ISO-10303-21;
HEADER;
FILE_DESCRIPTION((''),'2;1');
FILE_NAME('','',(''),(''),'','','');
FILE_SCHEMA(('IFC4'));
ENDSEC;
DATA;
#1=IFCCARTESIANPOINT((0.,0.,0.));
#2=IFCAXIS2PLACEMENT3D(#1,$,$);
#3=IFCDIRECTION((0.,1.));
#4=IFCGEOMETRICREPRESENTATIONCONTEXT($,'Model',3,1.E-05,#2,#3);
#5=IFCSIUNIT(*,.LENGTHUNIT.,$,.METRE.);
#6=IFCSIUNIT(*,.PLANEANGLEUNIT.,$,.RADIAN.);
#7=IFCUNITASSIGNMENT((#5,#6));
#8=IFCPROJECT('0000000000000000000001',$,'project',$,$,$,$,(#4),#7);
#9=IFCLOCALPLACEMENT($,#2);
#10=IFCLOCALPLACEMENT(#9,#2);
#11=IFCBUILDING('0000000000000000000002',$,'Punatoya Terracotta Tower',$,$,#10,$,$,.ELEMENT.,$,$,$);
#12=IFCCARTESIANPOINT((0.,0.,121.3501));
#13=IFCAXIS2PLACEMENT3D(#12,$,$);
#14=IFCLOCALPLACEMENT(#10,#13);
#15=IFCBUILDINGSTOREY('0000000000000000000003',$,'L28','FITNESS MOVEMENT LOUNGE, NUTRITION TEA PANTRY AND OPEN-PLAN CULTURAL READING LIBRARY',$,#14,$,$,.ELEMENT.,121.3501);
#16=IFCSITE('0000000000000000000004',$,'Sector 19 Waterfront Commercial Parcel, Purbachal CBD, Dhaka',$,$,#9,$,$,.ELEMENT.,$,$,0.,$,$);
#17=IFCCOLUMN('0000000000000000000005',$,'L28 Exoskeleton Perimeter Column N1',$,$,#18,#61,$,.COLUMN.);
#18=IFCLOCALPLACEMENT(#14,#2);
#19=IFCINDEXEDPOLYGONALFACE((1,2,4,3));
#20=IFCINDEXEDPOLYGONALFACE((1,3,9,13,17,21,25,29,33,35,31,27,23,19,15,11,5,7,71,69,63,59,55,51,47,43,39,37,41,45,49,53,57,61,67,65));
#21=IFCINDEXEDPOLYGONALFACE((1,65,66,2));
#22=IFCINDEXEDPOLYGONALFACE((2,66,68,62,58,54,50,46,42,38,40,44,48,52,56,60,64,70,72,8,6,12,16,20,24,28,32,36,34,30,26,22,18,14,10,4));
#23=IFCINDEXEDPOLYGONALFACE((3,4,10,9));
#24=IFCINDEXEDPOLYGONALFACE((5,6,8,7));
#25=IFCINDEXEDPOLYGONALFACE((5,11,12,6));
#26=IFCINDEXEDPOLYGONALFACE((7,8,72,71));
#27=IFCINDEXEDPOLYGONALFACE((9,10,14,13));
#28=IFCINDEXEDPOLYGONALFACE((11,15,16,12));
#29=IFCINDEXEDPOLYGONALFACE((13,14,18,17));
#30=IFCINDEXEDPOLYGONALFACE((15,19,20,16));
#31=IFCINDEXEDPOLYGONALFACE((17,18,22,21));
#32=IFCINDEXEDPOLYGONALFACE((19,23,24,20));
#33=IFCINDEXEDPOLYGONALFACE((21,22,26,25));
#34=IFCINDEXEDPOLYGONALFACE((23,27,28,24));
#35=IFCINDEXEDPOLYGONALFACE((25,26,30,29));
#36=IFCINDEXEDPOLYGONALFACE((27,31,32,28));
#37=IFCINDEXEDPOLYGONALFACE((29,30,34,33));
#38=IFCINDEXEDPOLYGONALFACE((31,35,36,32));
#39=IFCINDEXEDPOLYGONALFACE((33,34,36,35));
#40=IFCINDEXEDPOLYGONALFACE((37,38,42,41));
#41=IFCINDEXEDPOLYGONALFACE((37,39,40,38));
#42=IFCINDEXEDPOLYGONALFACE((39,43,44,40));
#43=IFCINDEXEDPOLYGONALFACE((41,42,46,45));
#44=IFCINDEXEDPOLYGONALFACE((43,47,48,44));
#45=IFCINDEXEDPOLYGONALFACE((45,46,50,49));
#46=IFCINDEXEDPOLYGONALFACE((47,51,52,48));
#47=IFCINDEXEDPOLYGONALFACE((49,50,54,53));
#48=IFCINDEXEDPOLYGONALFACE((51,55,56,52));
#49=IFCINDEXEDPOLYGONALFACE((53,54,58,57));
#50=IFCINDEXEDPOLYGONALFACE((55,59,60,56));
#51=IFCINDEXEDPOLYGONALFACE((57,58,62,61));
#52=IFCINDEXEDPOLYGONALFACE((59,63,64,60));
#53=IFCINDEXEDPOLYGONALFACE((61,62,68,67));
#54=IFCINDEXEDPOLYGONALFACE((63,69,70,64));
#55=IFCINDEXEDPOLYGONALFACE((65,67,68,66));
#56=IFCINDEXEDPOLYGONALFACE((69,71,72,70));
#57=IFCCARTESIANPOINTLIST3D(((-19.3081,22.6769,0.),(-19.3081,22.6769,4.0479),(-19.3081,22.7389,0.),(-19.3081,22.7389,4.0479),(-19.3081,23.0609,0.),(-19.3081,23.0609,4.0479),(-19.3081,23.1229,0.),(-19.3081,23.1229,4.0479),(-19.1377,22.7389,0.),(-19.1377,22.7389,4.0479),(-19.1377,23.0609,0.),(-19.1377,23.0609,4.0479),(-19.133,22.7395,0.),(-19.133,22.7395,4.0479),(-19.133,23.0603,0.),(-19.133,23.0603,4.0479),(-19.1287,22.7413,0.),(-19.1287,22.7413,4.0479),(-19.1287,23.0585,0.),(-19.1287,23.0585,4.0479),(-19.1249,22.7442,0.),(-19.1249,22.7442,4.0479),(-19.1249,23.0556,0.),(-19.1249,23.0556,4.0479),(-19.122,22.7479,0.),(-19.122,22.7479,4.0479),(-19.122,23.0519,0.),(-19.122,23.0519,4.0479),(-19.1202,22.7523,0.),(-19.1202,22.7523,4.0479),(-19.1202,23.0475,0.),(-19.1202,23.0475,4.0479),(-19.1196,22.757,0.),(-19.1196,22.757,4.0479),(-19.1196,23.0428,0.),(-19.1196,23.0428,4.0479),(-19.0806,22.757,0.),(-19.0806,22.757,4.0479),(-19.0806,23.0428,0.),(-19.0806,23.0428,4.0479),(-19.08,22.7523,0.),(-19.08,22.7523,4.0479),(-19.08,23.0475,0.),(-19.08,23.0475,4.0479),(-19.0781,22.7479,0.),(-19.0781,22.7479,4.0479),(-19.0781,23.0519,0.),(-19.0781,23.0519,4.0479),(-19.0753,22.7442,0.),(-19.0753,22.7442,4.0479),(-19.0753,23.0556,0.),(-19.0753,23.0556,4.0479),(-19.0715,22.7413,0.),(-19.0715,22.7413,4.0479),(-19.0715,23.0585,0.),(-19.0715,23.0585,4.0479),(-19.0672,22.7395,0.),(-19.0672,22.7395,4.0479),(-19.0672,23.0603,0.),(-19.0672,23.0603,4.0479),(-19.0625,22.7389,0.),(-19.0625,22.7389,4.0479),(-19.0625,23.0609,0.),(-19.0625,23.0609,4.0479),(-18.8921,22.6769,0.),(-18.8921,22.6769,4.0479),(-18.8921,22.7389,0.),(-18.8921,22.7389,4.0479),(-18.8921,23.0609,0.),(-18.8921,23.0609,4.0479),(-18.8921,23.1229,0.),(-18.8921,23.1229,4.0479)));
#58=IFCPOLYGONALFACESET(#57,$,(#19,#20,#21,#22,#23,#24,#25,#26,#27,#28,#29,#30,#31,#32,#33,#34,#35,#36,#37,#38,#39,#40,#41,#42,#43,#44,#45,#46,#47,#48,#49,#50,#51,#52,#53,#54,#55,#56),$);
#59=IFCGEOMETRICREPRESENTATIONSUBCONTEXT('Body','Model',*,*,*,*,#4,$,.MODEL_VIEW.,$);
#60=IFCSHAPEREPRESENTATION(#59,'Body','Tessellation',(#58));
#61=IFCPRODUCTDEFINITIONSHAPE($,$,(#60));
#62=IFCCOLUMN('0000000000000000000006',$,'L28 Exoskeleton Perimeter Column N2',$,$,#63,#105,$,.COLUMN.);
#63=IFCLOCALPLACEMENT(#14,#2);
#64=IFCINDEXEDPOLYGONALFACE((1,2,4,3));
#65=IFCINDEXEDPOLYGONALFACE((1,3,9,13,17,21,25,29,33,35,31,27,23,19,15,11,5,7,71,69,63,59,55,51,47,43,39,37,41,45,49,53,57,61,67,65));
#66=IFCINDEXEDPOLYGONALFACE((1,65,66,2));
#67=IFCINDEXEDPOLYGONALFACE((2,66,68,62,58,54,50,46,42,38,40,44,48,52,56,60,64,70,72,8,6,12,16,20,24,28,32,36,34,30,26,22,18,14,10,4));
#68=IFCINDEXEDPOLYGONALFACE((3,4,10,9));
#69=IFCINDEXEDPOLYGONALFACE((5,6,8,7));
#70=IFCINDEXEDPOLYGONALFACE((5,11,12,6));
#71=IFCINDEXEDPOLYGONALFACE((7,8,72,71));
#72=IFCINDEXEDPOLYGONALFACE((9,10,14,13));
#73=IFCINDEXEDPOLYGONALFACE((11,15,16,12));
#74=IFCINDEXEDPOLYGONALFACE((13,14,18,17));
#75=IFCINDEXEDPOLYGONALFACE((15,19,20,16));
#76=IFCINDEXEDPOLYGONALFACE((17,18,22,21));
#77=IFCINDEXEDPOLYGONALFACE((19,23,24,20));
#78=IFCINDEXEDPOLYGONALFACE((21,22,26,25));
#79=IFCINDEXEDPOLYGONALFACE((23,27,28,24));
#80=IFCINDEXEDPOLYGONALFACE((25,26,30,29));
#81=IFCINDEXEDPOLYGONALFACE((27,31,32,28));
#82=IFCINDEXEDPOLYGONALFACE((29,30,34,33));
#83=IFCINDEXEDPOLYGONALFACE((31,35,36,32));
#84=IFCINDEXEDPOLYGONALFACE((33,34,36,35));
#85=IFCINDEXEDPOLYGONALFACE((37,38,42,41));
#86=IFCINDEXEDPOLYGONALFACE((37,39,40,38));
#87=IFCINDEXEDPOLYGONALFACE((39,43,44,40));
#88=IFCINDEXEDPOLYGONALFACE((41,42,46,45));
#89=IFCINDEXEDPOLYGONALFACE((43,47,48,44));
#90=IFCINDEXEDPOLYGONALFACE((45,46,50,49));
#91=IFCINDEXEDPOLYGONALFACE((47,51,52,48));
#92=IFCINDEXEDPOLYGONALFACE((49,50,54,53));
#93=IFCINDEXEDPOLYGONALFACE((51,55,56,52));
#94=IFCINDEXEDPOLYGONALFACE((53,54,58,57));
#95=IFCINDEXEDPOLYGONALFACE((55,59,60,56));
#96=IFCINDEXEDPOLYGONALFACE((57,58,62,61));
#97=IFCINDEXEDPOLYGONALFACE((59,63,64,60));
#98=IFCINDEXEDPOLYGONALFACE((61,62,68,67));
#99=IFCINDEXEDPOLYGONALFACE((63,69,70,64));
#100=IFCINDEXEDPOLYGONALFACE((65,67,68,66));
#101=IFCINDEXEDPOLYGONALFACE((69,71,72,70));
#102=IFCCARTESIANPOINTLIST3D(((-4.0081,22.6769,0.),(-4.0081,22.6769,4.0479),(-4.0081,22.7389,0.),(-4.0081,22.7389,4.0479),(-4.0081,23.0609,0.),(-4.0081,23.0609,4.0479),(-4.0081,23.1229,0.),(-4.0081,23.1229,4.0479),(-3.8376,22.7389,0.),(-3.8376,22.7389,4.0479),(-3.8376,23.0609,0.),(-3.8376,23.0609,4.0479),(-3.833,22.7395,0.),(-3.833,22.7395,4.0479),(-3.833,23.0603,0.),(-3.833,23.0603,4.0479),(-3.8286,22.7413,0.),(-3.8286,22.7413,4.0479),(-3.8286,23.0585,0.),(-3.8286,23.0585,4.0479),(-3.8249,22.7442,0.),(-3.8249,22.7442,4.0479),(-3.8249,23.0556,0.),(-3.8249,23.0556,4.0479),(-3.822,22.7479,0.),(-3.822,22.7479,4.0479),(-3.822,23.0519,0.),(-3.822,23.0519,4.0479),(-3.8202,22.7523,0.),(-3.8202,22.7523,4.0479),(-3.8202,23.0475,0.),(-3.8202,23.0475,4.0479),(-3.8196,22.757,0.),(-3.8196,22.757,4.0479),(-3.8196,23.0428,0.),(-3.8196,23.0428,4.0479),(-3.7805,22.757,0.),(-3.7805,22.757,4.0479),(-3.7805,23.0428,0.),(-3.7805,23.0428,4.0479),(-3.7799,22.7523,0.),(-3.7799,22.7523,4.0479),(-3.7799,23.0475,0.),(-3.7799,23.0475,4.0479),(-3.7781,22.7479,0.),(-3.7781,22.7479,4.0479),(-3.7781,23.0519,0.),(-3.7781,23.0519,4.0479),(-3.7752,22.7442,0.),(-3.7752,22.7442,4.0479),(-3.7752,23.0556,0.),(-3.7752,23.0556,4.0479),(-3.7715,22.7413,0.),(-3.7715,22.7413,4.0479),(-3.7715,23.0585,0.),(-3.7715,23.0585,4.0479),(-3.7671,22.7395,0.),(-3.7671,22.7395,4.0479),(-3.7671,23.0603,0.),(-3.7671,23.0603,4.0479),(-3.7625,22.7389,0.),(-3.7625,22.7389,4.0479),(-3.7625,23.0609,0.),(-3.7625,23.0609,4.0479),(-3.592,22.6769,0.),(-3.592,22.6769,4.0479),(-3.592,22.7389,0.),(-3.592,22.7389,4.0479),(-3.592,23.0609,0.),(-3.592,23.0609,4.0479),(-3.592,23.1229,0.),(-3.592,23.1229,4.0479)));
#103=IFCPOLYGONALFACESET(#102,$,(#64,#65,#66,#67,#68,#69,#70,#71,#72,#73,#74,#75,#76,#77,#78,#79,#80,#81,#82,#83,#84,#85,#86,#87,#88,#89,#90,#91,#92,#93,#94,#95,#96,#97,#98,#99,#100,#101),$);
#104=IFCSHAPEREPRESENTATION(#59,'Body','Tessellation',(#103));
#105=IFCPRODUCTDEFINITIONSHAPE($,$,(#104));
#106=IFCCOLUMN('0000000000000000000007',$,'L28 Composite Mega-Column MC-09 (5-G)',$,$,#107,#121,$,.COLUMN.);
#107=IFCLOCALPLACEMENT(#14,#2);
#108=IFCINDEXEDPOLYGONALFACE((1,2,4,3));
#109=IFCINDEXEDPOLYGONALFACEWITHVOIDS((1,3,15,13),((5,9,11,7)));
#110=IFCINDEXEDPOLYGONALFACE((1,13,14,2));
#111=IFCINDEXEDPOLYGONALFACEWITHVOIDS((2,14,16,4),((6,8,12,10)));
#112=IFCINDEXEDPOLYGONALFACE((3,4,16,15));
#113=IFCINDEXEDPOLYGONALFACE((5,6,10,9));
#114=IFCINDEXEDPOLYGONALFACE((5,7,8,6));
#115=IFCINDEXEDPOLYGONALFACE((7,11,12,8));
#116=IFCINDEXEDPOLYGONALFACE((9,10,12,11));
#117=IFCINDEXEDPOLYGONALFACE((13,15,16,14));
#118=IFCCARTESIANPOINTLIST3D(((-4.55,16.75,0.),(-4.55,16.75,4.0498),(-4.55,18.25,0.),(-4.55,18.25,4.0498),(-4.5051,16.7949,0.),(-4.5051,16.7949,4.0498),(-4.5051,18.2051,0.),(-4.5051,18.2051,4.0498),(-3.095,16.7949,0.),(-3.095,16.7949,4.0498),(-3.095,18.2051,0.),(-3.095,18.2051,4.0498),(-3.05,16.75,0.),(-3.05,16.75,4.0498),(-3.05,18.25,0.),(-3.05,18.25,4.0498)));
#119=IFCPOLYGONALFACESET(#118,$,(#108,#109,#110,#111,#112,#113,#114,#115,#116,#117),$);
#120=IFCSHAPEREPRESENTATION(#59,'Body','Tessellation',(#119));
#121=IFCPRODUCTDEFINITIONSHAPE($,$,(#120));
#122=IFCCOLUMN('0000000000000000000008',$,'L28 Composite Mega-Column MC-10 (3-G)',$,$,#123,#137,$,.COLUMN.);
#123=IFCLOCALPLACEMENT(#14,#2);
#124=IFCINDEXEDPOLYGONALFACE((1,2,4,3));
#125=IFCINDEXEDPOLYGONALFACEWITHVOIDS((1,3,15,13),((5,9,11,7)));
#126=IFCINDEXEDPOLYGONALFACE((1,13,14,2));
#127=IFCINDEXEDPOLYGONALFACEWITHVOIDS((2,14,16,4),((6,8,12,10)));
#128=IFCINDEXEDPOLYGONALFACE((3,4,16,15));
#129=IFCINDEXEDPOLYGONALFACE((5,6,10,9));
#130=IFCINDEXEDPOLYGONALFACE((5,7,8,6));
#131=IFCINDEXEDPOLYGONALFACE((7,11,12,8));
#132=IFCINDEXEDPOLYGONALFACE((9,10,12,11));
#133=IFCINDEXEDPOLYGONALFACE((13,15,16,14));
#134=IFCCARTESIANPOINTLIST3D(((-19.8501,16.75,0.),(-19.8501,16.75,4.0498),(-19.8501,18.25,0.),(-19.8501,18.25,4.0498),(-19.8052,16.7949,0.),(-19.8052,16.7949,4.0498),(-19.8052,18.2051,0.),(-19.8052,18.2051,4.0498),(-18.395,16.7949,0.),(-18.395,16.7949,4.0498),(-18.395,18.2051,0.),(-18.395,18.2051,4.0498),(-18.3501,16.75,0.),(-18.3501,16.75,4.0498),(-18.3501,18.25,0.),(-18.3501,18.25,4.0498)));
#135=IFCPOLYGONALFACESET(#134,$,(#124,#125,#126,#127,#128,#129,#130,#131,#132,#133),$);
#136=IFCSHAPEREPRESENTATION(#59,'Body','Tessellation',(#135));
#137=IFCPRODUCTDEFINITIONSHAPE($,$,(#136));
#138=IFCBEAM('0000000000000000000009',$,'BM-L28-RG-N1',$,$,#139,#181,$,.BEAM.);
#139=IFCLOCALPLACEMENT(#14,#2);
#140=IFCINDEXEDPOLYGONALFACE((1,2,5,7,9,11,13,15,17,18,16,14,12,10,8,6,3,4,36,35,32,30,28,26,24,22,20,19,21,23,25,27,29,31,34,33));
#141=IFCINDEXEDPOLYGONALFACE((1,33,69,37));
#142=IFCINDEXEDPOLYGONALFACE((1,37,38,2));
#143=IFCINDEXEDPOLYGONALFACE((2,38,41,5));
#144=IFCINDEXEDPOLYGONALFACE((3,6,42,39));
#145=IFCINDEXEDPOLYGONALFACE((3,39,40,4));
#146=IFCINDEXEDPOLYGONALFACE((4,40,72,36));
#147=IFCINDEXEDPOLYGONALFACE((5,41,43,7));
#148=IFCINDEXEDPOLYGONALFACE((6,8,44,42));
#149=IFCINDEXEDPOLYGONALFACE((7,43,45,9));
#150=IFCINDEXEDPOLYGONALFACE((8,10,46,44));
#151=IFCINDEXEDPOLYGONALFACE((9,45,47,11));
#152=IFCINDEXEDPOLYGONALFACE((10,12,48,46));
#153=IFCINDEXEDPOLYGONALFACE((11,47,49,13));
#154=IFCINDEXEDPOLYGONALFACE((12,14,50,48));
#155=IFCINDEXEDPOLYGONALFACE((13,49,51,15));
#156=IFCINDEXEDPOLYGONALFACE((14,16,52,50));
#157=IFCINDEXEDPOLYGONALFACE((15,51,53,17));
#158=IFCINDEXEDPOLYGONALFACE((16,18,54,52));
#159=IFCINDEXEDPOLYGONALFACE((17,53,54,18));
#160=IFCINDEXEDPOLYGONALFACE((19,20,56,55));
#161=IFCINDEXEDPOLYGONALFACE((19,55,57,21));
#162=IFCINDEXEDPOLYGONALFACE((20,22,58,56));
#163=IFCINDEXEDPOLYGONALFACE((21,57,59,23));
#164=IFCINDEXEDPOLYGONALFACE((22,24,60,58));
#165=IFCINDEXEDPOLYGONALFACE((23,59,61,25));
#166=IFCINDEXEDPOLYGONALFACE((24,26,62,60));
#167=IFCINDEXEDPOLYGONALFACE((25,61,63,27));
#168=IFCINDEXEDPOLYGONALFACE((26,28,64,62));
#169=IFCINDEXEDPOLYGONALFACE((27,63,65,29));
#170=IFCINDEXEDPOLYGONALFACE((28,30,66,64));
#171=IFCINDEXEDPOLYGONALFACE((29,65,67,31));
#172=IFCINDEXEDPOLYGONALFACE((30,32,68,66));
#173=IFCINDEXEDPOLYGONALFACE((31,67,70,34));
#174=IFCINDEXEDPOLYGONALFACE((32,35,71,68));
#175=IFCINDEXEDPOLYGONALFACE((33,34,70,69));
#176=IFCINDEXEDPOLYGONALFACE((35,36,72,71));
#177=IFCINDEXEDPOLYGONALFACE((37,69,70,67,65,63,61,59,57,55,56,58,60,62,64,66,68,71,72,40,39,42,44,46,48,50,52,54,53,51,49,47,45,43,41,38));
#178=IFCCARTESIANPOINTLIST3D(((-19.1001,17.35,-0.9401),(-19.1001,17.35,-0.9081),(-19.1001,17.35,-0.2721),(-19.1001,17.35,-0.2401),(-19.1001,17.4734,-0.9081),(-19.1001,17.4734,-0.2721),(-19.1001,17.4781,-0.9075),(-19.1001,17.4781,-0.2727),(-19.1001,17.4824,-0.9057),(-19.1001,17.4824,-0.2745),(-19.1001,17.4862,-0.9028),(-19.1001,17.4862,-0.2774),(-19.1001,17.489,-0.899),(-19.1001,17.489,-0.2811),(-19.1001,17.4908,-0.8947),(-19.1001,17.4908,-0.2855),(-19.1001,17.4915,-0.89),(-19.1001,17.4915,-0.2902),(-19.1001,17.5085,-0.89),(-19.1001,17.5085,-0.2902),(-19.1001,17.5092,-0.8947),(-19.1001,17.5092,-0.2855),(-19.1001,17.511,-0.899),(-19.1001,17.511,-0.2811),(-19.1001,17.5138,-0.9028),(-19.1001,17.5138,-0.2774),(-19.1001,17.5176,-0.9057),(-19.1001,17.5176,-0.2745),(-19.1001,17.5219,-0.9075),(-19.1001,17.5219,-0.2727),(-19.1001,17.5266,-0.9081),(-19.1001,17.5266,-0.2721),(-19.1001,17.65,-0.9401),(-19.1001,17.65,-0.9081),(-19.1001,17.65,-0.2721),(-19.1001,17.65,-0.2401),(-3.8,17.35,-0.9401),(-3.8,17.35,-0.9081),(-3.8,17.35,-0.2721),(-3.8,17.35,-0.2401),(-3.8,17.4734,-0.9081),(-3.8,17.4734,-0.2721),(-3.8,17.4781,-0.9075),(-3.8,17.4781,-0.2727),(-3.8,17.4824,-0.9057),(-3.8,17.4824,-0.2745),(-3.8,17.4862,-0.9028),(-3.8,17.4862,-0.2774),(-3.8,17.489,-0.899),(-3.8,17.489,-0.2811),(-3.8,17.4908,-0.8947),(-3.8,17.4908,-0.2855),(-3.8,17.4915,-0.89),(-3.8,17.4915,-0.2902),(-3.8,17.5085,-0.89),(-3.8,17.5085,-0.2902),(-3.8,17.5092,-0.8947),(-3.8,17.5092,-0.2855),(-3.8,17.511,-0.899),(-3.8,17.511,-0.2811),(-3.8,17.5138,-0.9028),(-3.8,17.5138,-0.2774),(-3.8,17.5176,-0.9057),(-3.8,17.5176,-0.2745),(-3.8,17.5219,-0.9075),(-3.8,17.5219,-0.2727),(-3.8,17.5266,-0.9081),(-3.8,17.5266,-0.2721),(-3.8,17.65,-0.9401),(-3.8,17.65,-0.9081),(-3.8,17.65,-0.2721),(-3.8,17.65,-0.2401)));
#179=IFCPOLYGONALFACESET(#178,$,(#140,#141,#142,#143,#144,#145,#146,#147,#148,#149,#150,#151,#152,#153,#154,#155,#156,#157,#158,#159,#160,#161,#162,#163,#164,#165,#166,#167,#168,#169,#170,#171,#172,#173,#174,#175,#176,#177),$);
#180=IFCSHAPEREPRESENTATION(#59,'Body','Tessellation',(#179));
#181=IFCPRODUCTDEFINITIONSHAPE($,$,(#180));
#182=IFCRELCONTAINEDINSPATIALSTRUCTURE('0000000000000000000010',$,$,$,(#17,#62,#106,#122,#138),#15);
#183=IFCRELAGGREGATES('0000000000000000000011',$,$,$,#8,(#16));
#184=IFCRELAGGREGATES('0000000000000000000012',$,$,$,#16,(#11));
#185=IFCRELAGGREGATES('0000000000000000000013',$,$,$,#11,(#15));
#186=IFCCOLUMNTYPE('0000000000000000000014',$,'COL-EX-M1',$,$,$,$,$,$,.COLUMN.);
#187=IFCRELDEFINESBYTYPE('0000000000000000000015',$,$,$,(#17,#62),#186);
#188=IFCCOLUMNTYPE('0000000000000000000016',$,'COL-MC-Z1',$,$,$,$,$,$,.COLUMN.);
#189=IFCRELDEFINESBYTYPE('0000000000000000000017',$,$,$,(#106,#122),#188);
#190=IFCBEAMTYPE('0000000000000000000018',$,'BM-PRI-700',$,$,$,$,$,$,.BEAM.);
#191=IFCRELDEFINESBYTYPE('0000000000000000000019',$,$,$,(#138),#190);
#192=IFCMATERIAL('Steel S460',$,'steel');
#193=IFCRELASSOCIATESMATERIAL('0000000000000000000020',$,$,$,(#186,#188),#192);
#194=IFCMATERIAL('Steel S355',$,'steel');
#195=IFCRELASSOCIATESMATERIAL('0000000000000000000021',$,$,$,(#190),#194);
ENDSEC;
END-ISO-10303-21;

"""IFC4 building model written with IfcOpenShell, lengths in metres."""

from ifc_helpers import new_model, si_unit, direction, frame, origin, origin_2d, place, context, subcontext, project, spatial, hollow_rectangle, i_section, extrude, material, material_profile, profile_set, type_object, element, save


model = new_model("IFC4")

# Units and contexts
model_context = context("Model", 3, precision=1e-05, world=origin(), true_north=direction((0.0, 1.0)))
body_context = subcontext(model_context, "Body", "Model", "MODEL_VIEW")
ifc_project = project(units=[si_unit("LENGTHUNIT", "METRE"), si_unit("PLANEANGLEUNIT", "RADIAN")], contexts=[model_context])

# Site, building, storey
site_placement = place(None, origin())
site = spatial("IfcSite", under=ifc_project, at=site_placement, Name="Sector 19 Waterfront Commercial Parcel, Purbachal CBD, Dhaka", CompositionType="ELEMENT", RefElevation=0.0)
building_placement = place(site_placement, origin())
building = spatial("IfcBuilding", under=site, at=building_placement, Name="Punatoya Terracotta Tower", CompositionType="ELEMENT")
storey_placement = place(building_placement, frame((0.0, 0.0, 121.3501)))
storey = spatial("IfcBuildingStorey", under=building, at=storey_placement, Name="L28", Description="FITNESS MOVEMENT LOUNGE, NUTRITION TEA PANTRY AND OPEN-PLAN CULTURAL READING LIBRARY", CompositionType="ELEMENT", Elevation=121.3501)

# Columns
ifc_material_1 = material(Name="Steel S460", Category="steel")
ifc_material_profile_1 = material_profile(ifc_material_1, i_section(OverallWidth=0.416, OverallDepth=0.446, WebThickness=0.0391, FlangeThickness=0.062, FilletRadius=0.0181, at=origin_2d()))
ifc_profile_set_1 = profile_set([ifc_material_profile_1], Name="Steel S460")
column_type_1 = type_object("IfcColumnType", Name="COL-EX-M1", PredefinedType="COLUMN", material=ifc_profile_set_1)
for number, where, z_axis, x_axis, name in (
    (1, (-19.1001, 22.8999, 0.0), (0.0, 0.0, 1.0), (1.0, 0.0, 0.0), "L28 Exoskeleton Perimeter Column N1"),
    (2, (-3.8, 22.8999, 0.0), (0.0, 0.0, 1.0), (1.0, 0.0, 0.0), "L28 Exoskeleton Perimeter Column N2"),
):
    element("IfcColumn", number, at=place(storey_placement, frame(where, z_axis=z_axis, x_axis=x_axis)), inside=storey, type_object=column_type_1, Name=name, PredefinedType="COLUMN", context=body_context, shape_type="SweptSolid", body=[
        extrude(i_section(OverallWidth=0.416, OverallDepth=0.446, WebThickness=0.0391, FlangeThickness=0.062, FilletRadius=0.0181, at=origin_2d()), origin(), (0.0, 0.0, 1.0), 4.0479),
    ])
ifc_material_profile_2 = material_profile(ifc_material_1, hollow_rectangle(XDim=1.5, YDim=1.5, WallThickness=0.0449, at=origin_2d()))
ifc_profile_set_2 = profile_set([ifc_material_profile_2], Name="Steel S460")
column_type_2 = type_object("IfcColumnType", Name="COL-MC-Z1", PredefinedType="COLUMN", material=ifc_profile_set_2)
for number, where, z_axis, x_axis, name in (
    (3, (-3.8, 17.5, 0.0), (0.0, 0.0, 1.0), (1.0, 0.0, 0.0), "L28 Composite Mega-Column MC-09 (5-G)"),
    (4, (-19.1001, 17.5, 0.0), (0.0, 0.0, 1.0), (1.0, 0.0, 0.0), "L28 Composite Mega-Column MC-10 (3-G)"),
):
    element("IfcColumn", number, at=place(storey_placement, frame(where, z_axis=z_axis, x_axis=x_axis)), inside=storey, type_object=column_type_2, Name=name, PredefinedType="COLUMN", context=body_context, shape_type="SweptSolid", body=[
        extrude(hollow_rectangle(XDim=1.5, YDim=1.5, WallThickness=0.0449, at=origin_2d()), origin(), (0.0, 0.0, 1.0), 4.0498),
    ])

# Beam
ifc_material_2 = material(Name="Steel S355", Category="steel")
ifc_material_profile_3 = material_profile(ifc_material_2, i_section(OverallWidth=0.3, OverallDepth=0.7, WebThickness=0.0171, FlangeThickness=0.032, FilletRadius=0.0181, at=origin_2d()))
ifc_profile_set_3 = profile_set([ifc_material_profile_3], Name="Steel S355")
beam_type_1 = type_object("IfcBeamType", Name="BM-PRI-700", PredefinedType="BEAM", material=ifc_profile_set_3)
beam_1_placement = place(storey_placement, frame((-19.1001, 17.5, -0.5901), z_axis=(1.0, 0.0, 0.0), x_axis=(0.0, 1.0, 0.0)))
element("IfcBeam", 5, at=beam_1_placement, inside=storey, type_object=beam_type_1, Name="BM-L28-RG-N1", PredefinedType="BEAM", context=body_context, shape_type="SweptSolid", body=[
    extrude(i_section(OverallWidth=0.3, OverallDepth=0.7, WebThickness=0.0171, FlangeThickness=0.032, FilletRadius=0.0181, at=origin_2d()), origin(), (0.0, 0.0, 1.0), 15.3),
])

save(model, "model.ifc")
